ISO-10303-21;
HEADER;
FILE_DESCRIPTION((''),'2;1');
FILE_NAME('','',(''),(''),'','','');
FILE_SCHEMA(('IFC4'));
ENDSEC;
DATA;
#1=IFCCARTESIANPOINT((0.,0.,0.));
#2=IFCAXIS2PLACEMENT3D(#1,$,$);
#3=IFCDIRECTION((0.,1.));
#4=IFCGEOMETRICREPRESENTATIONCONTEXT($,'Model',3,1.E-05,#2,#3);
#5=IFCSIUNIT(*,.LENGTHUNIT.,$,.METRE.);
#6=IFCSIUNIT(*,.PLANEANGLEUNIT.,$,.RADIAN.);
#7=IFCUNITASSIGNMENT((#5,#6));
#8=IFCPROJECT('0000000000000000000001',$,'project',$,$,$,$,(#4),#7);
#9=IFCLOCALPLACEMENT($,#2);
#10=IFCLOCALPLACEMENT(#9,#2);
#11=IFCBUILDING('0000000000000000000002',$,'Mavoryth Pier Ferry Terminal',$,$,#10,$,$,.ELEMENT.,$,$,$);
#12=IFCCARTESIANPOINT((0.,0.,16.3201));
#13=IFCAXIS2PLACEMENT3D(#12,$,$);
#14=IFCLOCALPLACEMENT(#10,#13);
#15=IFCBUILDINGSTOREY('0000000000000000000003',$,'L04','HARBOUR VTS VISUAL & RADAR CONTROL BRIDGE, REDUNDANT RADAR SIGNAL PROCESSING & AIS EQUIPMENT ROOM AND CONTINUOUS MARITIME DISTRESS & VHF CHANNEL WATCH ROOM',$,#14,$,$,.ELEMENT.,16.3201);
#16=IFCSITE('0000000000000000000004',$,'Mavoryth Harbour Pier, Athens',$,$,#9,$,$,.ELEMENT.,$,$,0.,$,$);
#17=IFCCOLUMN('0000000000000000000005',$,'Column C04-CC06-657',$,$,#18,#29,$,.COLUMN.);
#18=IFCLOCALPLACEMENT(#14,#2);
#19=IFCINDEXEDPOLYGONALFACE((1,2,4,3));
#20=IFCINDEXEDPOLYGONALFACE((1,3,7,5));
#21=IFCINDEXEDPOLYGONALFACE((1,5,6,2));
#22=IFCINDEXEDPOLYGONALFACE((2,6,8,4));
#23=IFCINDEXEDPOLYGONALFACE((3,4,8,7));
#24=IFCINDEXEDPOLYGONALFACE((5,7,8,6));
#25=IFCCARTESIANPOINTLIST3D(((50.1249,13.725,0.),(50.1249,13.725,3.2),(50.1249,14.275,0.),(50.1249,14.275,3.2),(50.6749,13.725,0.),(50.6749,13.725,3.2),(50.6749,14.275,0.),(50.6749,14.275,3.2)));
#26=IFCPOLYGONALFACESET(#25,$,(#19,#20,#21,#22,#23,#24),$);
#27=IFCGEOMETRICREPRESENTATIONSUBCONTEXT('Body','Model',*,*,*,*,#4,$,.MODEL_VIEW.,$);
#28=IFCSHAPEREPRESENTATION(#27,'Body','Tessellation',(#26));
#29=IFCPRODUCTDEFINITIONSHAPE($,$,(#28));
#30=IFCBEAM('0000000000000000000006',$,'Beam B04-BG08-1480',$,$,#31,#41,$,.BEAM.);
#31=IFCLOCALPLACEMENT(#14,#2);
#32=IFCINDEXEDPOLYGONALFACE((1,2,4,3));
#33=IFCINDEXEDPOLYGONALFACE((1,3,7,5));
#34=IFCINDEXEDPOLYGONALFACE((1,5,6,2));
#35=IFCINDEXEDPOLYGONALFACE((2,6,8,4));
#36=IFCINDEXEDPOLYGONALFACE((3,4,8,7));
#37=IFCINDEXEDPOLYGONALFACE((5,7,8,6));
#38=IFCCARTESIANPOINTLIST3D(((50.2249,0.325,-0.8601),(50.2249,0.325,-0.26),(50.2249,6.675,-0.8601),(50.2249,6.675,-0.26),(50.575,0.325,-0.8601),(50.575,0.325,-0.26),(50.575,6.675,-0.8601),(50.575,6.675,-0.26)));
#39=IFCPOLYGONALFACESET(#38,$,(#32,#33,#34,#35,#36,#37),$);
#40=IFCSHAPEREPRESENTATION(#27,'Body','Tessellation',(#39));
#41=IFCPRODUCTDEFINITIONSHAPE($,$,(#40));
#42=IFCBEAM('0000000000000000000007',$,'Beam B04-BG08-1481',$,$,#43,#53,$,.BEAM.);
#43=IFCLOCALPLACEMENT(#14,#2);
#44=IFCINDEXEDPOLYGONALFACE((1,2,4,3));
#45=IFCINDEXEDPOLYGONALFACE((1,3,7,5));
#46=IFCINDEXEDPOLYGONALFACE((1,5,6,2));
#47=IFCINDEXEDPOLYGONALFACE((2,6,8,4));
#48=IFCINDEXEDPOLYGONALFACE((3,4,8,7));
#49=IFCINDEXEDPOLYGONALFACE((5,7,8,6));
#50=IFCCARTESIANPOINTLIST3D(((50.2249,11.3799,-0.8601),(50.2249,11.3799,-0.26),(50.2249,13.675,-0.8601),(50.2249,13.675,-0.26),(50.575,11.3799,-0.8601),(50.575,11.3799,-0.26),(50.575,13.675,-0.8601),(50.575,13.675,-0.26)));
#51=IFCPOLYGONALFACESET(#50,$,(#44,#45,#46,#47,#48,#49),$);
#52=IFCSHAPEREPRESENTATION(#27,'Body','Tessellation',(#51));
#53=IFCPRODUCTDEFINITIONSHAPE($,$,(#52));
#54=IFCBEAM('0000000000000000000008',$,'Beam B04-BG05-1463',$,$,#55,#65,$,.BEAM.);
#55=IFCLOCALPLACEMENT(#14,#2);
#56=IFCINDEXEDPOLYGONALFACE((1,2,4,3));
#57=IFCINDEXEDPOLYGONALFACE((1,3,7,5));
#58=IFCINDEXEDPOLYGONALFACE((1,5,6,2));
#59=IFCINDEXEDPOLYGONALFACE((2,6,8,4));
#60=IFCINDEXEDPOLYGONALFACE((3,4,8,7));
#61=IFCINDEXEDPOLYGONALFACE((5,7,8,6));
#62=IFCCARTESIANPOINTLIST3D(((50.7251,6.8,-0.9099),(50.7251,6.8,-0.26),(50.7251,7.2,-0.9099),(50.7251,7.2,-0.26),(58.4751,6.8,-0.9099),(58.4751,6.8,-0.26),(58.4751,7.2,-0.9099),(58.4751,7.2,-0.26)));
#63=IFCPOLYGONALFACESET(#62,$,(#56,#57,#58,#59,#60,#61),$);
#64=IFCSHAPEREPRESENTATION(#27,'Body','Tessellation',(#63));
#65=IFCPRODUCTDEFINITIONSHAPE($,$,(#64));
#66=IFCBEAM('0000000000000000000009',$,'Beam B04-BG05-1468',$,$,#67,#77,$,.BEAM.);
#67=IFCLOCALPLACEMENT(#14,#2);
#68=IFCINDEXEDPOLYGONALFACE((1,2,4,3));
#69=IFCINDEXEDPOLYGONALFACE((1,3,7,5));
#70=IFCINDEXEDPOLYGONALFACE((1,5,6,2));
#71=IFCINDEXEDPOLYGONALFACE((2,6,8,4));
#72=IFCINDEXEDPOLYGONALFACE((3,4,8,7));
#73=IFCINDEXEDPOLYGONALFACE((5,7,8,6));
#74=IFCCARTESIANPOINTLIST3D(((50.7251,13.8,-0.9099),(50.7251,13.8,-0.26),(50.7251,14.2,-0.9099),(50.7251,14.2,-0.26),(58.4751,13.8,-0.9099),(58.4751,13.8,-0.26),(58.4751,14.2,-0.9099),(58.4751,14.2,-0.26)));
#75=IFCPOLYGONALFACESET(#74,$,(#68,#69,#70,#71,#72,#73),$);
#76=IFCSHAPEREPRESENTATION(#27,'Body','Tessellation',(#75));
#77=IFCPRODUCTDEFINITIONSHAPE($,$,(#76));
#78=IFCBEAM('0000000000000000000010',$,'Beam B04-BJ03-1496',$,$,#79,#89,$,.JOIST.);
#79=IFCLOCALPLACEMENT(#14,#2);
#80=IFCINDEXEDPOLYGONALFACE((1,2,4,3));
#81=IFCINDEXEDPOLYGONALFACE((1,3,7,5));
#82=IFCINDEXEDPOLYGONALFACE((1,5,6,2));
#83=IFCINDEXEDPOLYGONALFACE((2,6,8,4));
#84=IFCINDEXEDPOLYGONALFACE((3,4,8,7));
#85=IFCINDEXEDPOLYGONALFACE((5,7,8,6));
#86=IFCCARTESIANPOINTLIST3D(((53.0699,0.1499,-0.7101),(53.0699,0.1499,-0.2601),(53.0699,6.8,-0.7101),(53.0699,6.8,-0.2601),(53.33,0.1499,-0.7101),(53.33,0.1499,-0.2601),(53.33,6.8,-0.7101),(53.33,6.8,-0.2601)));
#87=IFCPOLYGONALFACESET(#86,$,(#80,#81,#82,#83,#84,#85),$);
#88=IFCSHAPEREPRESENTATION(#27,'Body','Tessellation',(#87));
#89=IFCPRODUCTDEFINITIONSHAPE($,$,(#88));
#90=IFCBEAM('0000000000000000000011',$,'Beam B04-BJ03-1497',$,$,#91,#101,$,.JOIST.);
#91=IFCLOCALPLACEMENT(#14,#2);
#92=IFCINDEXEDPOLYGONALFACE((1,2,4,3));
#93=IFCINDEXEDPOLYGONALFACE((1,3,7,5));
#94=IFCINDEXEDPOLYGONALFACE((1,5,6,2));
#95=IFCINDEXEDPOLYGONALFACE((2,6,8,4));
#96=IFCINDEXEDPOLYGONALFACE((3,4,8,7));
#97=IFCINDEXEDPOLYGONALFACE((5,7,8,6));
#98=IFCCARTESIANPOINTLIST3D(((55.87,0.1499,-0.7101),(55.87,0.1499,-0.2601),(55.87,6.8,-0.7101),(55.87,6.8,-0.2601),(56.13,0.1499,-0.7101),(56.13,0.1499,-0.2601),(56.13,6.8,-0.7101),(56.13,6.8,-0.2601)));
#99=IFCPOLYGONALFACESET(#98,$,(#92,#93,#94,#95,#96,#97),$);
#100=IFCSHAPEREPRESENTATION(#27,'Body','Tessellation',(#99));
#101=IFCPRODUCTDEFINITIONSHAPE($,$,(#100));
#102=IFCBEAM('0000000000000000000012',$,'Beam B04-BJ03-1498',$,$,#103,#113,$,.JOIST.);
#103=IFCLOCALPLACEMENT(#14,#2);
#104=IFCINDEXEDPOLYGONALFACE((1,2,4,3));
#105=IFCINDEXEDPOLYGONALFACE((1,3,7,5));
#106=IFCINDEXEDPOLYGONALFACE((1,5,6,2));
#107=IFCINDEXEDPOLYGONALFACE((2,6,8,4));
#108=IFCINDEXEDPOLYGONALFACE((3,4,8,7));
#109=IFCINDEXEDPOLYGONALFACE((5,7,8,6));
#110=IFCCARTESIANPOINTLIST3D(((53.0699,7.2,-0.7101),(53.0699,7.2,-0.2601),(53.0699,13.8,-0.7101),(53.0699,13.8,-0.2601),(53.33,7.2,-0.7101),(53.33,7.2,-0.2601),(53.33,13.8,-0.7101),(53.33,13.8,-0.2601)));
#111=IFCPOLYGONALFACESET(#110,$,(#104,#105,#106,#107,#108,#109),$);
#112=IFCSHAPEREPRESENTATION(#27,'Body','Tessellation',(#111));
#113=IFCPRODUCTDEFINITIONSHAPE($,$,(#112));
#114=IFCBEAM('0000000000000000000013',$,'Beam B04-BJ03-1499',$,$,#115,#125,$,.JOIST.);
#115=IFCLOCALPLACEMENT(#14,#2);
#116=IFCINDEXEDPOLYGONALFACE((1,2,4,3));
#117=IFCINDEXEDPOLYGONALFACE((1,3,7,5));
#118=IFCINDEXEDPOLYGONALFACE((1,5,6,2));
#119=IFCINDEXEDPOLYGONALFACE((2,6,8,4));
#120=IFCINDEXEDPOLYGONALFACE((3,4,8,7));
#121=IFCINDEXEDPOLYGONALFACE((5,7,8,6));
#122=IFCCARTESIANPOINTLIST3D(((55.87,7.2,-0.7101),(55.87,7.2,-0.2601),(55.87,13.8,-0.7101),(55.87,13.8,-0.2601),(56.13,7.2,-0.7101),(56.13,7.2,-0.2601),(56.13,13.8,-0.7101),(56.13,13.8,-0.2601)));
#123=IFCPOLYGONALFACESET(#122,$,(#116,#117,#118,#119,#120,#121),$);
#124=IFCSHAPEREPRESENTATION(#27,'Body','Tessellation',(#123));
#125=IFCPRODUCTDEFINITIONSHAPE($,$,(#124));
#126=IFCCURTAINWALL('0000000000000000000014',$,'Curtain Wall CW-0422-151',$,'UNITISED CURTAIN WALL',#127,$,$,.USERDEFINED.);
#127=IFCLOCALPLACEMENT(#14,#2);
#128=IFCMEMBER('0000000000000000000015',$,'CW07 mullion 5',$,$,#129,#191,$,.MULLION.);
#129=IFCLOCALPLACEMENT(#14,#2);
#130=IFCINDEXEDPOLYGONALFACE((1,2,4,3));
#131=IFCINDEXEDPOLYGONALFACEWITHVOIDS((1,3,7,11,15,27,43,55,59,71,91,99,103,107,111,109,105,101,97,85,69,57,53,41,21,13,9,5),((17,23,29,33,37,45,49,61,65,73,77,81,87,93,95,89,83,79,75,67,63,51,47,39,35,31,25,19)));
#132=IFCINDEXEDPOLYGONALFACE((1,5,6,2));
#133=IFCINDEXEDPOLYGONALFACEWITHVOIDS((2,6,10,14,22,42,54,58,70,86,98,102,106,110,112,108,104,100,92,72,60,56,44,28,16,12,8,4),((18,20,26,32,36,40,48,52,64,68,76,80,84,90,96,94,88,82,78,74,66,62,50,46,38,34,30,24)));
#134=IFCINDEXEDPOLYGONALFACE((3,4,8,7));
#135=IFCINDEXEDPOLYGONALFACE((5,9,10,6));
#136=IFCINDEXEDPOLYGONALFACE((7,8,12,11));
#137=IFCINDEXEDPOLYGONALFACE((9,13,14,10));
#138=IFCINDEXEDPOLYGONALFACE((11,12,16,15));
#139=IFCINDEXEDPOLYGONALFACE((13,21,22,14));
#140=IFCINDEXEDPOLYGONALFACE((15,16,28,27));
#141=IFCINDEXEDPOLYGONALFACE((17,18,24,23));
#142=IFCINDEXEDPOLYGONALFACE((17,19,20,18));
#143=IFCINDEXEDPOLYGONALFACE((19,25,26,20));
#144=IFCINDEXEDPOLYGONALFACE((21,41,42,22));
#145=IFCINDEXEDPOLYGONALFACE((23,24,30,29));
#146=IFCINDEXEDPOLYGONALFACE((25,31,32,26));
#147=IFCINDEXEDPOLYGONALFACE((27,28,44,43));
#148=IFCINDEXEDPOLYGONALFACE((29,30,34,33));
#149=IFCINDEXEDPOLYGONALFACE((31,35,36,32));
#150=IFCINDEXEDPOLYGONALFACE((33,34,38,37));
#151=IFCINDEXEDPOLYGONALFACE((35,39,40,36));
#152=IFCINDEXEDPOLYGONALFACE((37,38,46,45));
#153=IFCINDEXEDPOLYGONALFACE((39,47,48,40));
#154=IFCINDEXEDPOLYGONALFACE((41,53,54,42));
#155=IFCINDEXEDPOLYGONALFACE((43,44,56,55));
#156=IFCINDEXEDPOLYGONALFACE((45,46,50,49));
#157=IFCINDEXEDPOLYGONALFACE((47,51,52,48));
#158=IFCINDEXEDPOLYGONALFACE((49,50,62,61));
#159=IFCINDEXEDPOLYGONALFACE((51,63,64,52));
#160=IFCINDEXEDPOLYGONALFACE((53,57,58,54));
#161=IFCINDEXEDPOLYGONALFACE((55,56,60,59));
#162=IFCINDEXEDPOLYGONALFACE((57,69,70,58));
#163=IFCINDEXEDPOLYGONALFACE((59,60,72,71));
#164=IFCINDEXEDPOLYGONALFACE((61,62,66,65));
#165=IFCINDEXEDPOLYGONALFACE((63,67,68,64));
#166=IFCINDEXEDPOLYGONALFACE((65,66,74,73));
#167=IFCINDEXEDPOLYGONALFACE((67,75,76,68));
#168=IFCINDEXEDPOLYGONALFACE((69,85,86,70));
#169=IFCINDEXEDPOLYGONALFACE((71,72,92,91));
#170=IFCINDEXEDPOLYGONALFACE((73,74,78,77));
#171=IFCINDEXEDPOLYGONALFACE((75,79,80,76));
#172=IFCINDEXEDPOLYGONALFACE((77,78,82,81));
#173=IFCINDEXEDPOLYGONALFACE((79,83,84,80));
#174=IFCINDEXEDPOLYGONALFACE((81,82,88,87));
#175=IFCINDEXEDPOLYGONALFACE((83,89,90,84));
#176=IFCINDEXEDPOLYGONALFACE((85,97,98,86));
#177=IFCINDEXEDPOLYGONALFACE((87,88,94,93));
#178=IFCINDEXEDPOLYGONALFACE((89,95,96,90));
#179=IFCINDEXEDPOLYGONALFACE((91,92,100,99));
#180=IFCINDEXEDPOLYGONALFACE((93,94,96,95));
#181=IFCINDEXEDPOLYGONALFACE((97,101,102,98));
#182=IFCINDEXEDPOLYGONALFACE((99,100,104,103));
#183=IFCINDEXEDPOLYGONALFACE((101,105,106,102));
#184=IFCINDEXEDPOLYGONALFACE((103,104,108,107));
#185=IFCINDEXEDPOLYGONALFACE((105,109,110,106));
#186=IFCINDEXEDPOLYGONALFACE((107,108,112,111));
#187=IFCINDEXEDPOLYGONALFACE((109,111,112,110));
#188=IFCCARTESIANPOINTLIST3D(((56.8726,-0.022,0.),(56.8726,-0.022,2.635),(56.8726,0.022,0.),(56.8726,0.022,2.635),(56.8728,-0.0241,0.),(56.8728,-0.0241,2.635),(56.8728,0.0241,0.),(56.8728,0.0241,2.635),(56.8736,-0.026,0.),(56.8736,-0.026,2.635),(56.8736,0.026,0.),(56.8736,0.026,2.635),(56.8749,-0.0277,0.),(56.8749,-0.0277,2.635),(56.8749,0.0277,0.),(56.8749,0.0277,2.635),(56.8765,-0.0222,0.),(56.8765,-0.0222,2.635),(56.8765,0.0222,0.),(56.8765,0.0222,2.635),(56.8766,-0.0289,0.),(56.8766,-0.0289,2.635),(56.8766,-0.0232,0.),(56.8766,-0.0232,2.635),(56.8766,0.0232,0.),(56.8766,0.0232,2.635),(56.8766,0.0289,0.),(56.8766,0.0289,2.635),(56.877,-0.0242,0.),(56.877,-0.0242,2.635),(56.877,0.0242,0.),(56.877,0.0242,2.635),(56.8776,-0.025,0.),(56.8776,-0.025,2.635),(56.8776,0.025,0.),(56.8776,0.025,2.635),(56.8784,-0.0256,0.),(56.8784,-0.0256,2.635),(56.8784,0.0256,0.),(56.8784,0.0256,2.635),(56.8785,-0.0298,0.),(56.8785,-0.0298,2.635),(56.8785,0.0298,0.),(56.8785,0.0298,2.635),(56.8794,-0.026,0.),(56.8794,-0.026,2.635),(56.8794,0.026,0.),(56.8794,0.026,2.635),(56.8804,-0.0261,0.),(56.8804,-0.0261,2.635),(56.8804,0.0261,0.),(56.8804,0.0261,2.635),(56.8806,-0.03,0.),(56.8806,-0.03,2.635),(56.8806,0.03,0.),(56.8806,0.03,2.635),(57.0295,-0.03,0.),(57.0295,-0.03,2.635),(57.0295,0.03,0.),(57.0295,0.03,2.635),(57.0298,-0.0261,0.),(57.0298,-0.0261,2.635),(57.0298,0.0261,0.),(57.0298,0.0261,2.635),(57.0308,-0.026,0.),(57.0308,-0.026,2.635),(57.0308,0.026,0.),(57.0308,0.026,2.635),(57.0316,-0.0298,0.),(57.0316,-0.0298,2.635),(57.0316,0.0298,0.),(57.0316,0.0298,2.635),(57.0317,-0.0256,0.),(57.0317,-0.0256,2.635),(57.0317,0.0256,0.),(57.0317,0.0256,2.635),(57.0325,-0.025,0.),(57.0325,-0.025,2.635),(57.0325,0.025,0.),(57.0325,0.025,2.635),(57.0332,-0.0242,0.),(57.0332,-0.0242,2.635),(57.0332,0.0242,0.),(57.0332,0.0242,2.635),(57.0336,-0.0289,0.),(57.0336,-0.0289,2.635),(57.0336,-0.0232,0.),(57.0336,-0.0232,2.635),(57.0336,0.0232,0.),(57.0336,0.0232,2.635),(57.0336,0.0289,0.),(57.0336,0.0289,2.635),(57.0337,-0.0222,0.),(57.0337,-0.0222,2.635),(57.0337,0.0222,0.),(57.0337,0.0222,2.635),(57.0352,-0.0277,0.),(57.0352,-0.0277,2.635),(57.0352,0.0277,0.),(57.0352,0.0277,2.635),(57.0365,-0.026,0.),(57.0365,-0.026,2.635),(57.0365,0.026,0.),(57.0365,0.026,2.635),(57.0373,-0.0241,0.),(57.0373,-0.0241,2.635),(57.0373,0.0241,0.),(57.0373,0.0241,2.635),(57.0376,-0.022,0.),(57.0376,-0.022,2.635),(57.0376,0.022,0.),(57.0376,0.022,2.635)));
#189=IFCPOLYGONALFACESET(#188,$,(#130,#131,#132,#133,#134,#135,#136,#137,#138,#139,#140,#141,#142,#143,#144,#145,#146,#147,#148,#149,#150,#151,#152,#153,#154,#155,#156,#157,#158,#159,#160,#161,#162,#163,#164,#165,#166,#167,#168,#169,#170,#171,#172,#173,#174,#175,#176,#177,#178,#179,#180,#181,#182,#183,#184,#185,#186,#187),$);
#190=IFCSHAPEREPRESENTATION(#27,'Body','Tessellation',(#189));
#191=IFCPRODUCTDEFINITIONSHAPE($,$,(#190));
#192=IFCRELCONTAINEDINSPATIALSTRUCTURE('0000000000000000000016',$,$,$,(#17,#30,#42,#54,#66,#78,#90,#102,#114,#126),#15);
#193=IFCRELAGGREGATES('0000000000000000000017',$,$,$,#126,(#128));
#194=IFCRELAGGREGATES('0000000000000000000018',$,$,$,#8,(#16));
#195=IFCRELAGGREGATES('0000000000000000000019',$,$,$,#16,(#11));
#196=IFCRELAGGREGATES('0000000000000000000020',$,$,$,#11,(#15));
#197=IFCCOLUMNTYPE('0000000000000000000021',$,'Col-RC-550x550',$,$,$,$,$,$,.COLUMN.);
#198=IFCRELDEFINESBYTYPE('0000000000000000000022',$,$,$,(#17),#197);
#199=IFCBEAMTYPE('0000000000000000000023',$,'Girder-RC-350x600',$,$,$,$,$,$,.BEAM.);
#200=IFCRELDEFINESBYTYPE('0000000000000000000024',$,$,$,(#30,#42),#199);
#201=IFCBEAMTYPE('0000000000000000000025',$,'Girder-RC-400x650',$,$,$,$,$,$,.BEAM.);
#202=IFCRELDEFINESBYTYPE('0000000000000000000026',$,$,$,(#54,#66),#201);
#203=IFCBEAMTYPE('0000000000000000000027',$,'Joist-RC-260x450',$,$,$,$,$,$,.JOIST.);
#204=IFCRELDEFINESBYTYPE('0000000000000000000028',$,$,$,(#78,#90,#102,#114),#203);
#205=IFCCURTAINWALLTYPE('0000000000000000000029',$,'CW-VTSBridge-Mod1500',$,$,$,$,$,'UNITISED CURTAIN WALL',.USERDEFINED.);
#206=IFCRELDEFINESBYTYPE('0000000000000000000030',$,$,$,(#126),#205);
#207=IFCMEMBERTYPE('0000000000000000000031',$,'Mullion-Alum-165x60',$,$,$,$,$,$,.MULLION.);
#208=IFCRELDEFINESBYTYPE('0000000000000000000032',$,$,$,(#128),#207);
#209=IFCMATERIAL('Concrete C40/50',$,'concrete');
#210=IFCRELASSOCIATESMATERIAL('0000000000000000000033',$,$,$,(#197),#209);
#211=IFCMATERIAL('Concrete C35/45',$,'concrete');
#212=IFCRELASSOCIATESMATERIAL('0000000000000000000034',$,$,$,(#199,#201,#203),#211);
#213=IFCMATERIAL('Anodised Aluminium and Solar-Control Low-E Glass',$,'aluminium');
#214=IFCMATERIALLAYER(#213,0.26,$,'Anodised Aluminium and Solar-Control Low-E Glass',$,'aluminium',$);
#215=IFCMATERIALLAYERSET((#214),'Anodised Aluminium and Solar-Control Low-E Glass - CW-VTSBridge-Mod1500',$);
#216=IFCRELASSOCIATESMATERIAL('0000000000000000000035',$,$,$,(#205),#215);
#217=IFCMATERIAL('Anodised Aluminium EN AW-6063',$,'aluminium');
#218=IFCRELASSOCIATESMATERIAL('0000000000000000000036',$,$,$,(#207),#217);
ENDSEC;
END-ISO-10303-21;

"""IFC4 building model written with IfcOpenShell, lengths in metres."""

from ifc_helpers import new_model, si_unit, direction, frame, origin, origin_2d, place, context, subcontext, project, spatial, rectangle, hollow_rectangle, extrude, material, layer, layer_set, material_profile, profile_set, type_object, element, aggregate, save


model = new_model("IFC4")

# Units and contexts
model_context = context("Model", 3, precision=1e-05, world=origin(), true_north=direction((0.0, 1.0)))
body_context = subcontext(model_context, "Body", "Model", "MODEL_VIEW")
ifc_project = project(units=[si_unit("LENGTHUNIT", "METRE"), si_unit("PLANEANGLEUNIT", "RADIAN")], contexts=[model_context])

# Site, building, storey
site_placement = place(None, origin())
site = spatial("IfcSite", under=ifc_project, at=site_placement, Name="Mavoryth Harbour Pier, Athens", CompositionType="ELEMENT", RefElevation=0.0)
building_placement = place(site_placement, origin())
building = spatial("IfcBuilding", under=site, at=building_placement, Name="Mavoryth Pier Ferry Terminal", CompositionType="ELEMENT")
storey_placement = place(building_placement, frame((0.0, 0.0, 16.3201)))
storey = spatial("IfcBuildingStorey", under=building, at=storey_placement, Name="L04", Description="HARBOUR VTS VISUAL & RADAR CONTROL BRIDGE, REDUNDANT RADAR SIGNAL PROCESSING & AIS EQUIPMENT ROOM AND CONTINUOUS MARITIME DISTRESS & VHF CHANNEL WATCH ROOM", CompositionType="ELEMENT", Elevation=16.3201)

# Column
ifc_material_1 = material(Name="Concrete C40/50", Category="concrete")
ifc_material_profile_1 = material_profile(ifc_material_1, rectangle(XDim=0.55, YDim=0.55, at=origin_2d()), Name="RC 550x550", Category="concrete")
ifc_profile_set_1 = profile_set([ifc_material_profile_1], Name="Concrete C40/50 - RC 550x550")
column_type = type_object("IfcColumnType", Name="Col-RC-550x550", PredefinedType="COLUMN", material=ifc_profile_set_1)
column_placement = place(storey_placement, frame((50.3999, 14.0, 0.0), z_axis=(0.0, 0.0, 1.0), x_axis=(1.0, 0.0, 0.0)))
element("IfcColumn", 1, at=column_placement, inside=storey, type_object=column_type, Name="Column C04-CC06-657", PredefinedType="COLUMN", context=body_context, shape_type="SweptSolid", body=[
    extrude(rectangle(XDim=0.55, YDim=0.55, at=origin_2d()), origin(), (0.0, 0.0, 1.0), 3.2),
])

# Beams
ifc_material_2 = material(Name="Concrete C35/45", Category="concrete")
ifc_material_profile_2 = material_profile(ifc_material_2, rectangle(XDim=0.3501, YDim=0.6001, at=origin_2d()), Name="RC 350x600", Category="concrete")
ifc_profile_set_2 = profile_set([ifc_material_profile_2], Name="Concrete C35/45 - RC 350x600")
beam_type_1 = type_object("IfcBeamType", Name="Girder-RC-350x600", PredefinedType="BEAM", material=ifc_profile_set_2)
beam_1_placement = place(storey_placement, frame((50.3999, 0.325, -0.5601), z_axis=(0.0, 1.0, 0.0), x_axis=(-1.0, 0.0, 0.0)))
element("IfcBeam", 2, at=beam_1_placement, inside=storey, type_object=beam_type_1, Name="Beam B04-BG08-1480", PredefinedType="BEAM", context=body_context, shape_type="SweptSolid", body=[
    extrude(rectangle(XDim=0.3501, YDim=0.6001, at=origin_2d()), origin(), (0.0, 0.0, 1.0), 6.3501),
])
beam_2_placement = place(storey_placement, frame((50.3999, 11.3799, -0.5601), z_axis=(0.0, 1.0, 0.0), x_axis=(-1.0, 0.0, 0.0)))
element("IfcBeam", 3, at=beam_2_placement, inside=storey, type_object=beam_type_1, Name="Beam B04-BG08-1481", PredefinedType="BEAM", context=body_context, shape_type="SweptSolid", body=[
    extrude(rectangle(XDim=0.3501, YDim=0.6001, at=origin_2d()), origin(), (0.0, 0.0, 1.0), 2.2952),
])
ifc_material_profile_3 = material_profile(ifc_material_2, rectangle(XDim=0.3999, YDim=0.6499, at=origin_2d()), Name="RC 400x650", Category="concrete")
ifc_profile_set_3 = profile_set([ifc_material_profile_3], Name="Concrete C35/45 - RC 400x650")
beam_type_2 = type_object("IfcBeamType", Name="Girder-RC-400x650", PredefinedType="BEAM", material=ifc_profile_set_3)
for number, where, z_axis, x_axis, name in (
    (4, (50.7251, 7.0, -0.585), (1.0, 0.0, 0.0), (0.0, 1.0, 0.0), "Beam B04-BG05-1463"),
    (5, (50.7251, 14.0, -0.585), (1.0, 0.0, 0.0), (0.0, 1.0, 0.0), "Beam B04-BG05-1468"),
):
    element("IfcBeam", number, at=place(storey_placement, frame(where, z_axis=z_axis, x_axis=x_axis)), inside=storey, type_object=beam_type_2, Name=name, PredefinedType="BEAM", context=body_context, shape_type="SweptSolid", body=[
        extrude(rectangle(XDim=0.3999, YDim=0.6499, at=origin_2d()), origin(), (0.0, 0.0, 1.0), 7.75),
    ])
ifc_material_profile_4 = material_profile(ifc_material_2, rectangle(XDim=0.26, YDim=0.45, at=origin_2d()), Name="RC 260x450", Category="concrete")
ifc_profile_set_4 = profile_set([ifc_material_profile_4], Name="Concrete C35/45 - RC 260x450")
beam_type_3 = type_object("IfcBeamType", Name="Joist-RC-260x450", PredefinedType="JOIST", material=ifc_profile_set_4)
for number, where, z_axis, x_axis, name in (
    (6, (53.2, 0.1499, -0.4851), (0.0, 1.0, 0.0), (-1.0, 0.0, 0.0), "Beam B04-BJ03-1496"),
    (7, (56.0, 0.1499, -0.4851), (0.0, 1.0, 0.0), (-1.0, 0.0, 0.0), "Beam B04-BJ03-1497"),
):
    element("IfcBeam", number, at=place(storey_placement, frame(where, z_axis=z_axis, x_axis=x_axis)), inside=storey, type_object=beam_type_3, Name=name, PredefinedType="JOIST", context=body_context, shape_type="SweptSolid", body=[
        extrude(rectangle(XDim=0.26, YDim=0.45, at=origin_2d()), origin(), (0.0, 0.0, 1.0), 6.6501),
    ])
for number, where, z_axis, x_axis, name in (
    (8, (53.2, 7.2, -0.4851), (0.0, 1.0, 0.0), (-1.0, 0.0, 0.0), "Beam B04-BJ03-1498"),
    (9, (56.0, 7.2, -0.4851), (0.0, 1.0, 0.0), (-1.0, 0.0, 0.0), "Beam B04-BJ03-1499"),
):
    element("IfcBeam", number, at=place(storey_placement, frame(where, z_axis=z_axis, x_axis=x_axis)), inside=storey, type_object=beam_type_3, Name=name, PredefinedType="JOIST", context=body_context, shape_type="SweptSolid", body=[
        extrude(rectangle(XDim=0.26, YDim=0.45, at=origin_2d()), origin(), (0.0, 0.0, 1.0), 6.6001),
    ])

# Curtain wall, member
ifc_material_3 = material(Name="Anodised Aluminium and Solar-Control Low-E Glass", Category="aluminium")
ifc_layer_1 = layer(ifc_material_3, 0.26, Name="Anodised Aluminium and Solar-Control Low-E Glass", Category="aluminium")
ifc_layer_set_1 = layer_set([ifc_layer_1], Name="Anodised Aluminium and Solar-Control Low-E Glass - CW-VTSBridge-Mod1500")
curtain_wall_type = type_object("IfcCurtainWallType", Name="CW-VTSBridge-Mod1500", ElementType="UNITISED CURTAIN WALL", PredefinedType="USERDEFINED", material=ifc_layer_set_1)
curtain_wall_placement = place(storey_placement, origin())
curtain_wall = element("IfcCurtainWall", 10, at=curtain_wall_placement, inside=storey, type_object=curtain_wall_type, Name="Curtain Wall CW-0422-151", ObjectType="UNITISED CURTAIN WALL", PredefinedType="USERDEFINED")
ifc_material_4 = material(Name="Anodised Aluminium EN AW-6063", Category="aluminium")
ifc_material_profile_5 = material_profile(ifc_material_4, hollow_rectangle(XDim=0.0601, YDim=0.165, WallThickness=0.0039, InnerFilletRadius=0.0039, OuterFilletRadius=0.0081, at=origin_2d()), Name="AL-MULL 165x60x4", Category="aluminium")
ifc_profile_set_5 = profile_set([ifc_material_profile_5], Name="Anodised Aluminium EN AW-6063 - AL-MULL 165x60x4")
member_type_1 = type_object("IfcMemberType", Name="Mullion-Alum-165x60", PredefinedType="MULLION", material=ifc_profile_set_5)
member_1_placement = place(storey_placement, frame((56.9551, 0.0, 0.0), z_axis=(0.0, 0.0, 1.0), x_axis=(0.0, 1.0, 0.0)))
member_1 = element("IfcMember", 11, at=member_1_placement, type_object=member_type_1, Name="CW07 mullion 5", PredefinedType="MULLION", context=body_context, shape_type="SweptSolid", body=[
    extrude(hollow_rectangle(XDim=0.0601, YDim=0.165, WallThickness=0.0039, InnerFilletRadius=0.0039, OuterFilletRadius=0.0081, at=origin_2d()), origin(), (0.0, 0.0, 1.0), 2.635),
])
aggregate(curtain_wall, [member_1])

save(model, "model.ifc")
